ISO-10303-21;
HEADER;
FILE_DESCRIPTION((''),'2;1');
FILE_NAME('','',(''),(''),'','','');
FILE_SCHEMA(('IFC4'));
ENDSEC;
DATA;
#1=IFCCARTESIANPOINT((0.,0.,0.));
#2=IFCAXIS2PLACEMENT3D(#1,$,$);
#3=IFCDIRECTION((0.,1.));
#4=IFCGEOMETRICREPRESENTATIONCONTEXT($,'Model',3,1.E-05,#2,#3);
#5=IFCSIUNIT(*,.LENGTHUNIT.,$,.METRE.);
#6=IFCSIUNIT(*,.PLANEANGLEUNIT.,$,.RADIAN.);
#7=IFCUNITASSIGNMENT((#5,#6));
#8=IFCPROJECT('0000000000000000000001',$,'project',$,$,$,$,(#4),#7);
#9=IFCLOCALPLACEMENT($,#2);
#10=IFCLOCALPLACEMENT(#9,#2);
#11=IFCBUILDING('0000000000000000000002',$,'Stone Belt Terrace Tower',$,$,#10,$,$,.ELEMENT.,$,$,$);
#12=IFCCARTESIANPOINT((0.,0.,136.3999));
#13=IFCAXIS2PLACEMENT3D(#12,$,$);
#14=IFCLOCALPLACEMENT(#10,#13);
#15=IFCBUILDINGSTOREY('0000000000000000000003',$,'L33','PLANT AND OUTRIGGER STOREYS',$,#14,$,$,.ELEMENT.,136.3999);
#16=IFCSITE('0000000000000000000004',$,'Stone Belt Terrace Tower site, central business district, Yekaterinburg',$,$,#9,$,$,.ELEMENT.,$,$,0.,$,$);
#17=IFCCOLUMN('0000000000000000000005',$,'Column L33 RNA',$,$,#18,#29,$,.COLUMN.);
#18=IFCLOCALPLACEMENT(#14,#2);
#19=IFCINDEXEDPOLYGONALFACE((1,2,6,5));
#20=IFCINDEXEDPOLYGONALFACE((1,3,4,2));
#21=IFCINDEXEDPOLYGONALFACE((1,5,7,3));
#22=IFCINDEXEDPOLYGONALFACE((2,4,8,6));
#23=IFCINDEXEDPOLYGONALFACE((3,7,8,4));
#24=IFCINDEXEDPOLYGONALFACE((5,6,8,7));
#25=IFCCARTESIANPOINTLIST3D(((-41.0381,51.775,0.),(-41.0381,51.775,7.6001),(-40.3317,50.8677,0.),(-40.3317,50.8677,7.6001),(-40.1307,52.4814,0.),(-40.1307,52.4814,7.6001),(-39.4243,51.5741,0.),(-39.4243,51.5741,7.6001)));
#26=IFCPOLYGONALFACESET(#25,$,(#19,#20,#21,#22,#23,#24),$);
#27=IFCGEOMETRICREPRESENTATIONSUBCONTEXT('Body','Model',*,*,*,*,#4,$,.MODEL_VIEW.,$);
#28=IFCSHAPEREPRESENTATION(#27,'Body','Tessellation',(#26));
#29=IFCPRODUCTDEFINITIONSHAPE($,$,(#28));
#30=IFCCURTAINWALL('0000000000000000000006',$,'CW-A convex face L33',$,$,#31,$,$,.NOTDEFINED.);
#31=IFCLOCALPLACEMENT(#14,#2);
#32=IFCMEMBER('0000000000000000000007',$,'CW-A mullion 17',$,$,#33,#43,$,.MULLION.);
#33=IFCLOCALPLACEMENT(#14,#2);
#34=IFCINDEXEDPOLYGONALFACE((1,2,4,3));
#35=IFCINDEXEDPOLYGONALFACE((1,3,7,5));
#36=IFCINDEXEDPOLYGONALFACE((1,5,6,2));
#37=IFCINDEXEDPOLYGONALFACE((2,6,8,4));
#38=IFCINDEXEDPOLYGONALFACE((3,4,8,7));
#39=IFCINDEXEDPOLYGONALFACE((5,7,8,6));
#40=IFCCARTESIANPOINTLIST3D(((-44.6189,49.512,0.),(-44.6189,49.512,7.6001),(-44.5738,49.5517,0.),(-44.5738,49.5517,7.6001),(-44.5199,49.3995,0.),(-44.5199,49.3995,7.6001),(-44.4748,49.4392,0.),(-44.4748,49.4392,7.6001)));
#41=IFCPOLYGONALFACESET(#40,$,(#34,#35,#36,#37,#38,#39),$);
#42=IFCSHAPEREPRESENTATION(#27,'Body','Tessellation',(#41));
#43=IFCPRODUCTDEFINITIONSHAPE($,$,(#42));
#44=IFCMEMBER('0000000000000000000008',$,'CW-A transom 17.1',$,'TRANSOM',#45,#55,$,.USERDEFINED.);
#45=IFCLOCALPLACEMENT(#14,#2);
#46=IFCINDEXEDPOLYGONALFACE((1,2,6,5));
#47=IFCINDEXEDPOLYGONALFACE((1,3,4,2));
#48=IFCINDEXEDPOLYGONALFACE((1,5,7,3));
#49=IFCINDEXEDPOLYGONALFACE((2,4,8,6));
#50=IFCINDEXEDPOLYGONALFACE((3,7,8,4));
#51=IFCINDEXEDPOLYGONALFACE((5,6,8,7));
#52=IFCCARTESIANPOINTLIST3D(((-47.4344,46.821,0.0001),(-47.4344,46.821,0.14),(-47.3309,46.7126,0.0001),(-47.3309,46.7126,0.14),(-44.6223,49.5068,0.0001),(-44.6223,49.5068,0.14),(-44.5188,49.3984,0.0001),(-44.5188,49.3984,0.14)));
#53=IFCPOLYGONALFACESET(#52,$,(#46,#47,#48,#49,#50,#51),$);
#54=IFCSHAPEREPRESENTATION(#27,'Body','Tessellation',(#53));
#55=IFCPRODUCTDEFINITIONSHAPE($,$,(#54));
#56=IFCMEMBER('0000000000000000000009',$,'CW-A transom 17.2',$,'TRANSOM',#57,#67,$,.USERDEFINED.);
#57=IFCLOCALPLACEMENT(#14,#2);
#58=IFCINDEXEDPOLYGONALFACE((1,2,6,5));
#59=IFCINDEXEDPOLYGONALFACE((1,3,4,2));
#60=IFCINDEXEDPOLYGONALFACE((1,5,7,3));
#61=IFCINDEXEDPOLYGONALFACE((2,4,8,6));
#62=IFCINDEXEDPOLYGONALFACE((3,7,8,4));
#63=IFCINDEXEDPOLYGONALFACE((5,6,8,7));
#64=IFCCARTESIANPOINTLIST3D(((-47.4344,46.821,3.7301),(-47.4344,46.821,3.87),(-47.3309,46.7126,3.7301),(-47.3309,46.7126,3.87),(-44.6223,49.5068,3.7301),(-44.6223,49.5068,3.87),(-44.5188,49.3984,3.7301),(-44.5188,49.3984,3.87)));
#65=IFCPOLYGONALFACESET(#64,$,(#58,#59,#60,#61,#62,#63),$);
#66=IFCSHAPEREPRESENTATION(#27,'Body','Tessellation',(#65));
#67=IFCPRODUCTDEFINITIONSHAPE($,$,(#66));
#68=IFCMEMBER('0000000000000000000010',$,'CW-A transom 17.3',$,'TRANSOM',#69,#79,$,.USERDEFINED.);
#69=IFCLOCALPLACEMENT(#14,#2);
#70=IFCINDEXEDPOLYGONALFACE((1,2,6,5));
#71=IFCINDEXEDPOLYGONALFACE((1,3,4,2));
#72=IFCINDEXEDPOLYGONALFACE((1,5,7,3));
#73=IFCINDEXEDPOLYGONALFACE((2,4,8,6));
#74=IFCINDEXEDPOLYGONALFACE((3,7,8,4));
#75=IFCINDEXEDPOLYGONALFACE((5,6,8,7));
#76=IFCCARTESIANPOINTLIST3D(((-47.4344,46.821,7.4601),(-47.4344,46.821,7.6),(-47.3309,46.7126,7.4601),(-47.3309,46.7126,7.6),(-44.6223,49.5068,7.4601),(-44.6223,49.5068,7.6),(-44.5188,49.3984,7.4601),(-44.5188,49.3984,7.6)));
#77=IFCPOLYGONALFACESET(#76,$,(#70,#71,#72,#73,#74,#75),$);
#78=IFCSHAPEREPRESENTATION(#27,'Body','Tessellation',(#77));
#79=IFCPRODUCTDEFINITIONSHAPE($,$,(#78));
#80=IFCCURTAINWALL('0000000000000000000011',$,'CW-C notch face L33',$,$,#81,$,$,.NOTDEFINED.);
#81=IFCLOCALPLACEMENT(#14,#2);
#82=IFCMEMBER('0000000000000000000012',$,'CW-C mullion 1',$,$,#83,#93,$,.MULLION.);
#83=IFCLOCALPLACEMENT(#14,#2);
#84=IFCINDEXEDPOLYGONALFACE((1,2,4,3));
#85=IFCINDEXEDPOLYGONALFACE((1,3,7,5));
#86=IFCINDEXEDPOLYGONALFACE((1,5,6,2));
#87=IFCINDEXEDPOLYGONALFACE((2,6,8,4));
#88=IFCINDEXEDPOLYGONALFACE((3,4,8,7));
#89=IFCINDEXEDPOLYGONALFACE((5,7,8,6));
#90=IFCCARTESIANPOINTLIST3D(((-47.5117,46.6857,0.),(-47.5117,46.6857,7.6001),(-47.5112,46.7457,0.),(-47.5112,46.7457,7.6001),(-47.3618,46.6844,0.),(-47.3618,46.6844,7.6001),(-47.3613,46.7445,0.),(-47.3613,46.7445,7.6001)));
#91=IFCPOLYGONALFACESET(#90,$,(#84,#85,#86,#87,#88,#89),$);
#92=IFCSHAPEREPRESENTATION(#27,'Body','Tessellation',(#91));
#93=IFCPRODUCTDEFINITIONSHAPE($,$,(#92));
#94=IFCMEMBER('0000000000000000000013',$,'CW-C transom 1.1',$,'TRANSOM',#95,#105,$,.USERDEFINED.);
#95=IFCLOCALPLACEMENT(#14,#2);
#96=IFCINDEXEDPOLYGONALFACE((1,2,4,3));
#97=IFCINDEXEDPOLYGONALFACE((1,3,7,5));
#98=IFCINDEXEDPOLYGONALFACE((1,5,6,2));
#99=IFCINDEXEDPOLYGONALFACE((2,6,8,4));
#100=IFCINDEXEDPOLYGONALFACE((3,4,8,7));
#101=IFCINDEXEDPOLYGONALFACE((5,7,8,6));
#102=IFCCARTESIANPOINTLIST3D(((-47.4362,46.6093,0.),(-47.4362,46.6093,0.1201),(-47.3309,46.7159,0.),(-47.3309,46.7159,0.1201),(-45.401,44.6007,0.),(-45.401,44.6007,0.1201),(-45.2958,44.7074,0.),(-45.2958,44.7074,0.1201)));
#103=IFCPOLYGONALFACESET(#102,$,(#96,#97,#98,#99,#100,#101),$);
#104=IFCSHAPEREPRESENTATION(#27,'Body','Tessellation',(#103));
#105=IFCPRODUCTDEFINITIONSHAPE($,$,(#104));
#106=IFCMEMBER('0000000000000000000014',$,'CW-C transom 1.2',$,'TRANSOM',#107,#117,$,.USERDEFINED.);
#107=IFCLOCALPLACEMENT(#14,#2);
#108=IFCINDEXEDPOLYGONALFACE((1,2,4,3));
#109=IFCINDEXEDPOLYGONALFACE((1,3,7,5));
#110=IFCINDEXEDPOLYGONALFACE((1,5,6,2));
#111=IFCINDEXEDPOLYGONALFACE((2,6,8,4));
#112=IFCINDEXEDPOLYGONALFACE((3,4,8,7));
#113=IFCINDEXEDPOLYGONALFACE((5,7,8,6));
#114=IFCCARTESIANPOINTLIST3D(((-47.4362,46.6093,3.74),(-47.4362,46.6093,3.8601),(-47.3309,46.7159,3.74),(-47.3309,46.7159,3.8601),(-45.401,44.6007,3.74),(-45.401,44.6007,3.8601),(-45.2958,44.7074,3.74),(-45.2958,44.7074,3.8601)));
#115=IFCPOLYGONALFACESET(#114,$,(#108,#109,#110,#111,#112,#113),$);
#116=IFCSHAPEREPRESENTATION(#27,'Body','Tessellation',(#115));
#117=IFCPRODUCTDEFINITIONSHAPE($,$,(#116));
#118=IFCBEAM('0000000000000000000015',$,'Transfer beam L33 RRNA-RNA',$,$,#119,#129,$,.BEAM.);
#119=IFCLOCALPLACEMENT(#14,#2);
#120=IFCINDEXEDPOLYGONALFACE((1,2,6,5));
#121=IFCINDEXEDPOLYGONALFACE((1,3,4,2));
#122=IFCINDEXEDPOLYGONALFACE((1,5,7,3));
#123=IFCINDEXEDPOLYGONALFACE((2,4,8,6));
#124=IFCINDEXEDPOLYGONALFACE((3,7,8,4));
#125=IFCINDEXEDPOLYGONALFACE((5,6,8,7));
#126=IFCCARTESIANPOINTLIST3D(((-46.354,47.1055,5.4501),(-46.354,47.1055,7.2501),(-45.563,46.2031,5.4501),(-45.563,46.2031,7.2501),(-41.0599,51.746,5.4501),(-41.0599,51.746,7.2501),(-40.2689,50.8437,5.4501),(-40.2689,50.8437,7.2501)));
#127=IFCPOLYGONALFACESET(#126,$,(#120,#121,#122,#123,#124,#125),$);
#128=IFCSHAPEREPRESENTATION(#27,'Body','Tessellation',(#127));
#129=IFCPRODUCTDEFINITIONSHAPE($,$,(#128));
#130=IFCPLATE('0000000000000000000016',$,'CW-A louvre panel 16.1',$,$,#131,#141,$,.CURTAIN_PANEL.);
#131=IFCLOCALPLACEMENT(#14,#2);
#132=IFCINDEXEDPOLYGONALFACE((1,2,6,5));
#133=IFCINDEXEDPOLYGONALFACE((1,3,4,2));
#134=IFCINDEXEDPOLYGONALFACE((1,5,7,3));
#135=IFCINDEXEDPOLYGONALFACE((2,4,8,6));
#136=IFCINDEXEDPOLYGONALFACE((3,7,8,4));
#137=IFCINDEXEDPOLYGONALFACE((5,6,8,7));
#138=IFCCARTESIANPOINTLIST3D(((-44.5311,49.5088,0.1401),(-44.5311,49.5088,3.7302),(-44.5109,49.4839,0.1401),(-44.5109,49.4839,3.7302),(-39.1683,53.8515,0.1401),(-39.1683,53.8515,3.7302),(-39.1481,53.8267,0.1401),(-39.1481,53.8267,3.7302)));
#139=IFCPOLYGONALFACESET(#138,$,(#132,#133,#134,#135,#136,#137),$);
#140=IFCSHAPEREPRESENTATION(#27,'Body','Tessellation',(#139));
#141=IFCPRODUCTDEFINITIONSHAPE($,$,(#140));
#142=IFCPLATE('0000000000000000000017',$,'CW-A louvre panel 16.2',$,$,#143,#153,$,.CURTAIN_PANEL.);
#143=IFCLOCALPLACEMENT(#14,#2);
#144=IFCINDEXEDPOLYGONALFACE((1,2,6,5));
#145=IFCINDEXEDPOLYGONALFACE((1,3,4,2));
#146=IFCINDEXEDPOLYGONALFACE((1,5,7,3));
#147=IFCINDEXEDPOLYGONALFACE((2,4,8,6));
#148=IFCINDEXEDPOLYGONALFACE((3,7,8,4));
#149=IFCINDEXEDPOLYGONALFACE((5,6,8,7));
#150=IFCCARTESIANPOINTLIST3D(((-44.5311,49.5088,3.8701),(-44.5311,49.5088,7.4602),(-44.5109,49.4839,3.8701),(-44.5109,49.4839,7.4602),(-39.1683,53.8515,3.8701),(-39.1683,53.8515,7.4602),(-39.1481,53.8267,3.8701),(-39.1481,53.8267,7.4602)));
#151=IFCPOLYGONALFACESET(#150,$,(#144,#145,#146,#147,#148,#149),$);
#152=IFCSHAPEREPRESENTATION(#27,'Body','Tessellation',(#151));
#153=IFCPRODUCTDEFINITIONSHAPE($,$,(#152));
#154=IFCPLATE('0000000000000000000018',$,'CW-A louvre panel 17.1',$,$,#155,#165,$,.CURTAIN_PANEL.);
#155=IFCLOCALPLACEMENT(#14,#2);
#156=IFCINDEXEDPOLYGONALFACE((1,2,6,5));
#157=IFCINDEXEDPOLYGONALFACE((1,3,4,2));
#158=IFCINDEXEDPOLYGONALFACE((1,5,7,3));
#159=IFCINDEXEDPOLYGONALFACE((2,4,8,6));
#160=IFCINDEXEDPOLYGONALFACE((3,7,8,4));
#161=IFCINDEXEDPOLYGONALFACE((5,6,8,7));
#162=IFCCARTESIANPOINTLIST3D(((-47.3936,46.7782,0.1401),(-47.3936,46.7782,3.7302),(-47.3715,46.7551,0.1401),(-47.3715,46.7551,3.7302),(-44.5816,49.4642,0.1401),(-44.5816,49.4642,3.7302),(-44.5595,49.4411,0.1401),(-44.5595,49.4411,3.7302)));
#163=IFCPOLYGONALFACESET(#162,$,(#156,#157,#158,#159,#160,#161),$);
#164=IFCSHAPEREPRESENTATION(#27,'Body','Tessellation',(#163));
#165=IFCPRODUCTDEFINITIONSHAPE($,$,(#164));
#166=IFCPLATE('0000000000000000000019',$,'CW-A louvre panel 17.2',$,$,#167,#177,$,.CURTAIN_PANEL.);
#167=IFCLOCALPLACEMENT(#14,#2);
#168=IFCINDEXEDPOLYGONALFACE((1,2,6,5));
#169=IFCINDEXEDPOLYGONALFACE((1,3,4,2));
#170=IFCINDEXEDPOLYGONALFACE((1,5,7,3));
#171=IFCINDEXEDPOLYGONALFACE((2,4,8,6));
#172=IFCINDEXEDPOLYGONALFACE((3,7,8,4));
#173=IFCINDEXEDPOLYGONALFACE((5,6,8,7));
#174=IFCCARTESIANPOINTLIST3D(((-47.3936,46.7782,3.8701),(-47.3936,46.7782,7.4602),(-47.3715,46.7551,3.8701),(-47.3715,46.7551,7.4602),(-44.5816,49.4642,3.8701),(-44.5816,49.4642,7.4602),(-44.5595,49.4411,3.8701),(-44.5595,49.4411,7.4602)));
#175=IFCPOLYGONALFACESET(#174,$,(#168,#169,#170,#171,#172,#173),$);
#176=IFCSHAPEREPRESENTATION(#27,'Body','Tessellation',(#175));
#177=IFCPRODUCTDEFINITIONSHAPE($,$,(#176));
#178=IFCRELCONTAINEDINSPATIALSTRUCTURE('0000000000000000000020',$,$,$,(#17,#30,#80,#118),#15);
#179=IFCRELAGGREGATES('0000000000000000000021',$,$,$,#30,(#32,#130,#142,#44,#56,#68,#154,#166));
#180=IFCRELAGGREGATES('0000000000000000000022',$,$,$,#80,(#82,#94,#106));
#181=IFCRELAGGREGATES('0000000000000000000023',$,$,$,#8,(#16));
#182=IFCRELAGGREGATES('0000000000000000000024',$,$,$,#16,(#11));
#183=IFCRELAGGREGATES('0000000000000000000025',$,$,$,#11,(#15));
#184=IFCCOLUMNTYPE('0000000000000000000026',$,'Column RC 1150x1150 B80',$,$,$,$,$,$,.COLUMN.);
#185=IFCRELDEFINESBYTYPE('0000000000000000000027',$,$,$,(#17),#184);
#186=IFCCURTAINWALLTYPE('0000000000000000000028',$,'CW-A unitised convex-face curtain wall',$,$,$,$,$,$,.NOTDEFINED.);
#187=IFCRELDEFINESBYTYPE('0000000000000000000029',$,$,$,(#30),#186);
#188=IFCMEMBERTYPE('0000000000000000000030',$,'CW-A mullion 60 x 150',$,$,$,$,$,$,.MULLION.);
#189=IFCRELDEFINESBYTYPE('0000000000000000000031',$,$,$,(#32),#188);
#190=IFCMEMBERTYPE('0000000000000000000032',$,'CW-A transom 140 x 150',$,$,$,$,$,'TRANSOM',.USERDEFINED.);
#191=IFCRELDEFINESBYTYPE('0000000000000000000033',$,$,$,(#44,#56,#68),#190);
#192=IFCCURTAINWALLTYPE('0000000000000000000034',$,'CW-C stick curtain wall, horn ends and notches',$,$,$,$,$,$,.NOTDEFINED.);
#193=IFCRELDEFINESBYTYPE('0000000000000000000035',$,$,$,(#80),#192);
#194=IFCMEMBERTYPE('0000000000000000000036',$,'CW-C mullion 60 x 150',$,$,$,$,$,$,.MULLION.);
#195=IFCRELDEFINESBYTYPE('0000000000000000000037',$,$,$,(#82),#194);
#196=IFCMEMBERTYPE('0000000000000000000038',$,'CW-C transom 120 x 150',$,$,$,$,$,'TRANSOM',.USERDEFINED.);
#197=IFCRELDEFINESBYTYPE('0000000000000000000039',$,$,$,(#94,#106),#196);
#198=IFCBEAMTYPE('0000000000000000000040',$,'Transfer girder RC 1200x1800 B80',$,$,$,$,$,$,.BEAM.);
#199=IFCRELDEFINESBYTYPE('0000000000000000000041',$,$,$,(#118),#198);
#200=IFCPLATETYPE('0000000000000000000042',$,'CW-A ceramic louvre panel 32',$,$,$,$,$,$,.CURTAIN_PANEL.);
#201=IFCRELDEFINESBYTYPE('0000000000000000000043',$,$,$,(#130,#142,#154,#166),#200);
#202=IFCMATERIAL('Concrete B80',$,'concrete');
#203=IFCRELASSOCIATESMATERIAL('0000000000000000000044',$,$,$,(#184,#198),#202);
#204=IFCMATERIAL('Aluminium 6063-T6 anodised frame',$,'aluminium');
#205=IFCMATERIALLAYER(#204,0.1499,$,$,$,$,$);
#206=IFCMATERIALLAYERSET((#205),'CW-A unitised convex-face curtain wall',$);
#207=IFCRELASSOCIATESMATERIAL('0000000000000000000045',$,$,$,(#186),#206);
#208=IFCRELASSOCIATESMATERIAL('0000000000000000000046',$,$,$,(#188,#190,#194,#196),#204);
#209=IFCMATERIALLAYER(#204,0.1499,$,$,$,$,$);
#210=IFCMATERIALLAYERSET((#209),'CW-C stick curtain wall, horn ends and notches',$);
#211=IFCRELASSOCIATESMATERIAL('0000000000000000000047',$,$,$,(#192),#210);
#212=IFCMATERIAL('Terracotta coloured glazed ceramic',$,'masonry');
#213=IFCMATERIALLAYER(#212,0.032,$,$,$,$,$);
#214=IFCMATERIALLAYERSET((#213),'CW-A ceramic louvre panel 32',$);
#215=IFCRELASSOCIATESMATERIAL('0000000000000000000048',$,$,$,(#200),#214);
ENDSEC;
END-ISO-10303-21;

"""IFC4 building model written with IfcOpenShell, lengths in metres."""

from ifc_helpers import new_model, si_unit, direction, frame, origin, origin_2d, place, context, subcontext, project, spatial, rectangle, extrude, material, layer, layer_set, material_profile, profile_set, type_object, element, aggregate, save


model = new_model("IFC4")

# Units and contexts
model_context = context("Model", 3, precision=1e-05, world=origin(), true_north=direction((0.0, 1.0)))
body_context = subcontext(model_context, "Body", "Model", "MODEL_VIEW")
ifc_project = project(units=[si_unit("LENGTHUNIT", "METRE"), si_unit("PLANEANGLEUNIT", "RADIAN")], contexts=[model_context])

# Site, building, storey
site_placement = place(None, origin())
site = spatial("IfcSite", under=ifc_project, at=site_placement, Name="Stone Belt Terrace Tower site, central business district, Yekaterinburg", CompositionType="ELEMENT", RefElevation=0.0)
building_placement = place(site_placement, origin())
building = spatial("IfcBuilding", under=site, at=building_placement, Name="Stone Belt Terrace Tower", CompositionType="ELEMENT")
storey_placement = place(building_placement, frame((0.0, 0.0, 136.3999)))
storey = spatial("IfcBuildingStorey", under=building, at=storey_placement, Name="L33", Description="PLANT AND OUTRIGGER STOREYS", CompositionType="ELEMENT", Elevation=136.3999)

# Column
ifc_material_1 = material(Name="Concrete B80", Category="concrete")
ifc_material_profile_1 = material_profile(ifc_material_1, rectangle(XDim=1.1499, YDim=1.1499, at=origin_2d()), Name="RC 1150x1150")
ifc_profile_set_1 = profile_set([ifc_material_profile_1], Name="Concrete B80")
column_type = type_object("IfcColumnType", Name="Column RC 1150x1150 B80", PredefinedType="COLUMN", material=ifc_profile_set_1)
column_placement = place(storey_placement, frame((-40.2312, 51.6746, 0.0), z_axis=(0.0, 0.0, 1.0), x_axis=(0.789057, 0.61432, 0.0)))
element("IfcColumn", 1, at=column_placement, inside=storey, type_object=column_type, Name="Column L33 RNA", PredefinedType="COLUMN", context=body_context, shape_type="SweptSolid", body=[
    extrude(rectangle(XDim=1.1499, YDim=1.1499, at=origin_2d()), origin(), (0.0, 0.0, 1.0), 7.6001),
])

# Curtain walls, members
ifc_material_2 = material(Name="Aluminium 6063-T6 anodised frame", Category="aluminium")
ifc_layer_1 = layer(ifc_material_2, 0.1499)
ifc_layer_set_1 = layer_set([ifc_layer_1], Name="CW-A unitised convex-face curtain wall")
curtain_wall_type_1 = type_object("IfcCurtainWallType", Name="CW-A unitised convex-face curtain wall", PredefinedType="NOTDEFINED", material=ifc_layer_set_1)
curtain_wall_1_placement = place(storey_placement, origin())
curtain_wall_1 = element("IfcCurtainWall", 2, at=curtain_wall_1_placement, inside=storey, type_object=curtain_wall_type_1, Name="CW-A convex face L33", PredefinedType="NOTDEFINED")
ifc_material_profile_2 = material_profile(ifc_material_2, rectangle(XDim=0.1499, YDim=0.0601, at=origin_2d()), Name="Aluminium 6063-T6 60x150")
ifc_profile_set_2 = profile_set([ifc_material_profile_2], Name="Aluminium 6063-T6 anodised frame")
member_type_1 = type_object("IfcMemberType", Name="CW-A mullion 60 x 150", PredefinedType="MULLION", material=ifc_profile_set_2)
member_1_placement = place(storey_placement, frame((-44.5469, 49.4756, 0.0), z_axis=(0.0, 0.0, 1.0), x_axis=(0.660573, -0.750761, 0.0)))
member_1 = element("IfcMember", 3, at=member_1_placement, type_object=member_type_1, Name="CW-A mullion 17", PredefinedType="MULLION", context=body_context, shape_type="SweptSolid", body=[
    extrude(rectangle(XDim=0.1499, YDim=0.0601, at=origin_2d()), origin(), (0.0, 0.0, 1.0), 7.6001),
])
ifc_material_profile_3 = material_profile(ifc_material_2, rectangle(XDim=0.1499, YDim=0.1399, at=origin_2d()), Name="Aluminium 6063-T6 150x140")
ifc_profile_set_3 = profile_set([ifc_material_profile_3], Name="Aluminium 6063-T6 anodised frame")
member_type_2 = type_object("IfcMemberType", Name="CW-A transom 140 x 150", ElementType="TRANSOM", PredefinedType="USERDEFINED", material=ifc_profile_set_3)
member_2_placement = place(storey_placement, frame((-44.5706, 49.4526, 0.0701), z_axis=(-0.72315, -0.690691, 0.0), x_axis=(0.690691, -0.72315, 0.0)))
member_2 = element("IfcMember", 4, at=member_2_placement, type_object=member_type_2, Name="CW-A transom 17.1", ObjectType="TRANSOM", PredefinedType="USERDEFINED", context=body_context, shape_type="SweptSolid", body=[
    extrude(rectangle(XDim=0.1499, YDim=0.1399, at=origin_2d()), origin(), (0.0, 0.0, 1.0), 3.8887),
])
member_3_placement = place(storey_placement, frame((-44.5706, 49.4526, 3.8), z_axis=(-0.72315, -0.690691, 0.0), x_axis=(0.690691, -0.72315, 0.0)))
member_3 = element("IfcMember", 5, at=member_3_placement, type_object=member_type_2, Name="CW-A transom 17.2", ObjectType="TRANSOM", PredefinedType="USERDEFINED", context=body_context, shape_type="SweptSolid", body=[
    extrude(rectangle(XDim=0.1499, YDim=0.1399, at=origin_2d()), origin(), (0.0, 0.0, 1.0), 3.8887),
])
member_4_placement = place(storey_placement, frame((-44.5706, 49.4526, 7.53), z_axis=(-0.72315, -0.690691, 0.0), x_axis=(0.690691, -0.72315, 0.0)))
member_4 = element("IfcMember", 6, at=member_4_placement, type_object=member_type_2, Name="CW-A transom 17.3", ObjectType="TRANSOM", PredefinedType="USERDEFINED", context=body_context, shape_type="SweptSolid", body=[
    extrude(rectangle(XDim=0.1499, YDim=0.1399, at=origin_2d()), origin(), (0.0, 0.0, 1.0), 3.8887),
])
ifc_layer_2 = layer(ifc_material_2, 0.1499)
ifc_layer_set_2 = layer_set([ifc_layer_2], Name="CW-C stick curtain wall, horn ends and notches")
curtain_wall_type_2 = type_object("IfcCurtainWallType", Name="CW-C stick curtain wall, horn ends and notches", PredefinedType="NOTDEFINED", material=ifc_layer_set_2)
curtain_wall_2_placement = place(storey_placement, origin())
curtain_wall_2 = element("IfcCurtainWall", 7, at=curtain_wall_2_placement, inside=storey, type_object=curtain_wall_type_2, Name="CW-C notch face L33", PredefinedType="NOTDEFINED")
ifc_material_profile_4 = material_profile(ifc_material_2, rectangle(XDim=0.1499, YDim=0.0601, at=origin_2d()), Name="Aluminium 6063-T6 60x150")
ifc_profile_set_4 = profile_set([ifc_material_profile_4], Name="Aluminium 6063-T6 anodised frame")
member_type_3 = type_object("IfcMemberType", Name="CW-C mullion 60 x 150", PredefinedType="MULLION", material=ifc_profile_set_4)
member_5_placement = place(storey_placement, frame((-47.4365, 46.7151, 0.0), z_axis=(0.0, 0.0, 1.0), x_axis=(0.999966, -0.008188, 0.0)))
member_5 = element("IfcMember", 8, at=member_5_placement, type_object=member_type_3, Name="CW-C mullion 1", PredefinedType="MULLION", context=body_context, shape_type="SweptSolid", body=[
    extrude(rectangle(XDim=0.1499, YDim=0.0601, at=origin_2d()), origin(), (0.0, 0.0, 1.0), 7.6001),
])
ifc_material_profile_5 = material_profile(ifc_material_2, rectangle(XDim=0.1499, YDim=0.1201, at=origin_2d()), Name="Aluminium 6063-T6 150x120")
ifc_profile_set_5 = profile_set([ifc_material_profile_5], Name="Aluminium 6063-T6 anodised frame")
member_type_4 = type_object("IfcMemberType", Name="CW-C transom 120 x 150", ElementType="TRANSOM", PredefinedType="USERDEFINED", material=ifc_profile_set_5)
member_6_placement = place(storey_placement, frame((-47.3835, 46.6626, 0.0601), z_axis=(0.711745, -0.702438, 0.0), x_axis=(0.702438, 0.711745, 0.0)))
member_6 = element("IfcMember", 9, at=member_6_placement, type_object=member_type_4, Name="CW-C transom 1.1", ObjectType="TRANSOM", PredefinedType="USERDEFINED", context=body_context, shape_type="SweptSolid", body=[
    extrude(rectangle(XDim=0.1499, YDim=0.1201, at=origin_2d()), origin(), (0.0, 0.0, 1.0), 2.8594),
])
member_7_placement = place(storey_placement, frame((-47.3835, 46.6626, 3.8), z_axis=(0.711745, -0.702438, 0.0), x_axis=(0.702438, 0.711745, 0.0)))
member_7 = element("IfcMember", 10, at=member_7_placement, type_object=member_type_4, Name="CW-C transom 1.2", ObjectType="TRANSOM", PredefinedType="USERDEFINED", context=body_context, shape_type="SweptSolid", body=[
    extrude(rectangle(XDim=0.1499, YDim=0.1201, at=origin_2d()), origin(), (0.0, 0.0, 1.0), 2.8594),
])

# Beam
ifc_material_profile_6 = material_profile(ifc_material_1, rectangle(XDim=1.2, YDim=1.8, at=origin_2d()), Name="RC 1200x1800")
ifc_profile_set_6 = profile_set([ifc_material_profile_6], Name="Concrete B80")
beam_type = type_object("IfcBeamType", Name="Transfer girder RC 1200x1800 B80", PredefinedType="BEAM", material=ifc_profile_set_6)
beam_placement = place(storey_placement, frame((-45.9585, 46.6543, 6.3501), z_axis=(0.751999, 0.659165, 0.0), x_axis=(-0.659165, 0.751999, 0.0)))
element("IfcBeam", 11, at=beam_placement, inside=storey, type_object=beam_type, Name="Transfer beam L33 RRNA-RNA", PredefinedType="BEAM", context=body_context, shape_type="SweptSolid", body=[
    extrude(rectangle(XDim=1.2, YDim=1.8, at=origin_2d()), origin(), (0.0, 0.0, 1.0), 7.04),
])

# Plates
ifc_material_3 = material(Name="Terracotta coloured glazed ceramic", Category="masonry")
ifc_layer_3 = layer(ifc_material_3, 0.032)
ifc_layer_set_3 = layer_set([ifc_layer_3], Name="CW-A ceramic louvre panel 32")
plate_type_1 = type_object("IfcPlateType", Name="CW-A ceramic louvre panel 32", PredefinedType="CURTAIN_PANEL", material=ifc_layer_set_3)
plate_1_placement = place(storey_placement, frame((-41.8396, 51.6677, 0.1401), z_axis=(0.0, 0.0, 1.0), x_axis=(-0.777146, -0.62932, 0.0)))
plate_1 = element("IfcPlate", 12, at=plate_1_placement, type_object=plate_type_1, Name="CW-A louvre panel 16.1", PredefinedType="CURTAIN_PANEL", context=body_context, shape_type="SweptSolid", body=[
    extrude(rectangle(XDim=6.9006, YDim=0.032, at=origin_2d()), origin(), (0.0, 0.0, 1.0), 3.5901),
])
plate_2_placement = place(storey_placement, frame((-41.8396, 51.6677, 3.8701), z_axis=(0.0, 0.0, 1.0), x_axis=(-0.777146, -0.62932, 0.0)))
plate_2 = element("IfcPlate", 13, at=plate_2_placement, type_object=plate_type_1, Name="CW-A louvre panel 16.2", PredefinedType="CURTAIN_PANEL", context=body_context, shape_type="SweptSolid", body=[
    extrude(rectangle(XDim=6.9006, YDim=0.032, at=origin_2d()), origin(), (0.0, 0.0, 1.0), 3.5901),
])
plate_3_placement = place(storey_placement, frame((-45.9766, 48.1096, 0.1401), z_axis=(0.0, 0.0, 1.0), x_axis=(-0.723121, -0.690721, 0.0)))
plate_3 = element("IfcPlate", 14, at=plate_3_placement, type_object=plate_type_1, Name="CW-A louvre panel 17.1", PredefinedType="CURTAIN_PANEL", context=body_context, shape_type="SweptSolid", body=[
    extrude(rectangle(XDim=3.8887, YDim=0.032, at=origin_2d()), origin(), (0.0, 0.0, 1.0), 3.5901),
])
plate_4_placement = place(storey_placement, frame((-45.9766, 48.1096, 3.8701), z_axis=(0.0, 0.0, 1.0), x_axis=(-0.723121, -0.690721, 0.0)))
plate_4 = element("IfcPlate", 15, at=plate_4_placement, type_object=plate_type_1, Name="CW-A louvre panel 17.2", PredefinedType="CURTAIN_PANEL", context=body_context, shape_type="SweptSolid", body=[
    extrude(rectangle(XDim=3.8887, YDim=0.032, at=origin_2d()), origin(), (0.0, 0.0, 1.0), 3.5901),
])
aggregate(curtain_wall_1, [member_1, plate_1, plate_2, member_2, member_3, member_4, plate_3, plate_4])
aggregate(curtain_wall_2, [member_5, member_6, member_7])

save(model, "model.ifc")
